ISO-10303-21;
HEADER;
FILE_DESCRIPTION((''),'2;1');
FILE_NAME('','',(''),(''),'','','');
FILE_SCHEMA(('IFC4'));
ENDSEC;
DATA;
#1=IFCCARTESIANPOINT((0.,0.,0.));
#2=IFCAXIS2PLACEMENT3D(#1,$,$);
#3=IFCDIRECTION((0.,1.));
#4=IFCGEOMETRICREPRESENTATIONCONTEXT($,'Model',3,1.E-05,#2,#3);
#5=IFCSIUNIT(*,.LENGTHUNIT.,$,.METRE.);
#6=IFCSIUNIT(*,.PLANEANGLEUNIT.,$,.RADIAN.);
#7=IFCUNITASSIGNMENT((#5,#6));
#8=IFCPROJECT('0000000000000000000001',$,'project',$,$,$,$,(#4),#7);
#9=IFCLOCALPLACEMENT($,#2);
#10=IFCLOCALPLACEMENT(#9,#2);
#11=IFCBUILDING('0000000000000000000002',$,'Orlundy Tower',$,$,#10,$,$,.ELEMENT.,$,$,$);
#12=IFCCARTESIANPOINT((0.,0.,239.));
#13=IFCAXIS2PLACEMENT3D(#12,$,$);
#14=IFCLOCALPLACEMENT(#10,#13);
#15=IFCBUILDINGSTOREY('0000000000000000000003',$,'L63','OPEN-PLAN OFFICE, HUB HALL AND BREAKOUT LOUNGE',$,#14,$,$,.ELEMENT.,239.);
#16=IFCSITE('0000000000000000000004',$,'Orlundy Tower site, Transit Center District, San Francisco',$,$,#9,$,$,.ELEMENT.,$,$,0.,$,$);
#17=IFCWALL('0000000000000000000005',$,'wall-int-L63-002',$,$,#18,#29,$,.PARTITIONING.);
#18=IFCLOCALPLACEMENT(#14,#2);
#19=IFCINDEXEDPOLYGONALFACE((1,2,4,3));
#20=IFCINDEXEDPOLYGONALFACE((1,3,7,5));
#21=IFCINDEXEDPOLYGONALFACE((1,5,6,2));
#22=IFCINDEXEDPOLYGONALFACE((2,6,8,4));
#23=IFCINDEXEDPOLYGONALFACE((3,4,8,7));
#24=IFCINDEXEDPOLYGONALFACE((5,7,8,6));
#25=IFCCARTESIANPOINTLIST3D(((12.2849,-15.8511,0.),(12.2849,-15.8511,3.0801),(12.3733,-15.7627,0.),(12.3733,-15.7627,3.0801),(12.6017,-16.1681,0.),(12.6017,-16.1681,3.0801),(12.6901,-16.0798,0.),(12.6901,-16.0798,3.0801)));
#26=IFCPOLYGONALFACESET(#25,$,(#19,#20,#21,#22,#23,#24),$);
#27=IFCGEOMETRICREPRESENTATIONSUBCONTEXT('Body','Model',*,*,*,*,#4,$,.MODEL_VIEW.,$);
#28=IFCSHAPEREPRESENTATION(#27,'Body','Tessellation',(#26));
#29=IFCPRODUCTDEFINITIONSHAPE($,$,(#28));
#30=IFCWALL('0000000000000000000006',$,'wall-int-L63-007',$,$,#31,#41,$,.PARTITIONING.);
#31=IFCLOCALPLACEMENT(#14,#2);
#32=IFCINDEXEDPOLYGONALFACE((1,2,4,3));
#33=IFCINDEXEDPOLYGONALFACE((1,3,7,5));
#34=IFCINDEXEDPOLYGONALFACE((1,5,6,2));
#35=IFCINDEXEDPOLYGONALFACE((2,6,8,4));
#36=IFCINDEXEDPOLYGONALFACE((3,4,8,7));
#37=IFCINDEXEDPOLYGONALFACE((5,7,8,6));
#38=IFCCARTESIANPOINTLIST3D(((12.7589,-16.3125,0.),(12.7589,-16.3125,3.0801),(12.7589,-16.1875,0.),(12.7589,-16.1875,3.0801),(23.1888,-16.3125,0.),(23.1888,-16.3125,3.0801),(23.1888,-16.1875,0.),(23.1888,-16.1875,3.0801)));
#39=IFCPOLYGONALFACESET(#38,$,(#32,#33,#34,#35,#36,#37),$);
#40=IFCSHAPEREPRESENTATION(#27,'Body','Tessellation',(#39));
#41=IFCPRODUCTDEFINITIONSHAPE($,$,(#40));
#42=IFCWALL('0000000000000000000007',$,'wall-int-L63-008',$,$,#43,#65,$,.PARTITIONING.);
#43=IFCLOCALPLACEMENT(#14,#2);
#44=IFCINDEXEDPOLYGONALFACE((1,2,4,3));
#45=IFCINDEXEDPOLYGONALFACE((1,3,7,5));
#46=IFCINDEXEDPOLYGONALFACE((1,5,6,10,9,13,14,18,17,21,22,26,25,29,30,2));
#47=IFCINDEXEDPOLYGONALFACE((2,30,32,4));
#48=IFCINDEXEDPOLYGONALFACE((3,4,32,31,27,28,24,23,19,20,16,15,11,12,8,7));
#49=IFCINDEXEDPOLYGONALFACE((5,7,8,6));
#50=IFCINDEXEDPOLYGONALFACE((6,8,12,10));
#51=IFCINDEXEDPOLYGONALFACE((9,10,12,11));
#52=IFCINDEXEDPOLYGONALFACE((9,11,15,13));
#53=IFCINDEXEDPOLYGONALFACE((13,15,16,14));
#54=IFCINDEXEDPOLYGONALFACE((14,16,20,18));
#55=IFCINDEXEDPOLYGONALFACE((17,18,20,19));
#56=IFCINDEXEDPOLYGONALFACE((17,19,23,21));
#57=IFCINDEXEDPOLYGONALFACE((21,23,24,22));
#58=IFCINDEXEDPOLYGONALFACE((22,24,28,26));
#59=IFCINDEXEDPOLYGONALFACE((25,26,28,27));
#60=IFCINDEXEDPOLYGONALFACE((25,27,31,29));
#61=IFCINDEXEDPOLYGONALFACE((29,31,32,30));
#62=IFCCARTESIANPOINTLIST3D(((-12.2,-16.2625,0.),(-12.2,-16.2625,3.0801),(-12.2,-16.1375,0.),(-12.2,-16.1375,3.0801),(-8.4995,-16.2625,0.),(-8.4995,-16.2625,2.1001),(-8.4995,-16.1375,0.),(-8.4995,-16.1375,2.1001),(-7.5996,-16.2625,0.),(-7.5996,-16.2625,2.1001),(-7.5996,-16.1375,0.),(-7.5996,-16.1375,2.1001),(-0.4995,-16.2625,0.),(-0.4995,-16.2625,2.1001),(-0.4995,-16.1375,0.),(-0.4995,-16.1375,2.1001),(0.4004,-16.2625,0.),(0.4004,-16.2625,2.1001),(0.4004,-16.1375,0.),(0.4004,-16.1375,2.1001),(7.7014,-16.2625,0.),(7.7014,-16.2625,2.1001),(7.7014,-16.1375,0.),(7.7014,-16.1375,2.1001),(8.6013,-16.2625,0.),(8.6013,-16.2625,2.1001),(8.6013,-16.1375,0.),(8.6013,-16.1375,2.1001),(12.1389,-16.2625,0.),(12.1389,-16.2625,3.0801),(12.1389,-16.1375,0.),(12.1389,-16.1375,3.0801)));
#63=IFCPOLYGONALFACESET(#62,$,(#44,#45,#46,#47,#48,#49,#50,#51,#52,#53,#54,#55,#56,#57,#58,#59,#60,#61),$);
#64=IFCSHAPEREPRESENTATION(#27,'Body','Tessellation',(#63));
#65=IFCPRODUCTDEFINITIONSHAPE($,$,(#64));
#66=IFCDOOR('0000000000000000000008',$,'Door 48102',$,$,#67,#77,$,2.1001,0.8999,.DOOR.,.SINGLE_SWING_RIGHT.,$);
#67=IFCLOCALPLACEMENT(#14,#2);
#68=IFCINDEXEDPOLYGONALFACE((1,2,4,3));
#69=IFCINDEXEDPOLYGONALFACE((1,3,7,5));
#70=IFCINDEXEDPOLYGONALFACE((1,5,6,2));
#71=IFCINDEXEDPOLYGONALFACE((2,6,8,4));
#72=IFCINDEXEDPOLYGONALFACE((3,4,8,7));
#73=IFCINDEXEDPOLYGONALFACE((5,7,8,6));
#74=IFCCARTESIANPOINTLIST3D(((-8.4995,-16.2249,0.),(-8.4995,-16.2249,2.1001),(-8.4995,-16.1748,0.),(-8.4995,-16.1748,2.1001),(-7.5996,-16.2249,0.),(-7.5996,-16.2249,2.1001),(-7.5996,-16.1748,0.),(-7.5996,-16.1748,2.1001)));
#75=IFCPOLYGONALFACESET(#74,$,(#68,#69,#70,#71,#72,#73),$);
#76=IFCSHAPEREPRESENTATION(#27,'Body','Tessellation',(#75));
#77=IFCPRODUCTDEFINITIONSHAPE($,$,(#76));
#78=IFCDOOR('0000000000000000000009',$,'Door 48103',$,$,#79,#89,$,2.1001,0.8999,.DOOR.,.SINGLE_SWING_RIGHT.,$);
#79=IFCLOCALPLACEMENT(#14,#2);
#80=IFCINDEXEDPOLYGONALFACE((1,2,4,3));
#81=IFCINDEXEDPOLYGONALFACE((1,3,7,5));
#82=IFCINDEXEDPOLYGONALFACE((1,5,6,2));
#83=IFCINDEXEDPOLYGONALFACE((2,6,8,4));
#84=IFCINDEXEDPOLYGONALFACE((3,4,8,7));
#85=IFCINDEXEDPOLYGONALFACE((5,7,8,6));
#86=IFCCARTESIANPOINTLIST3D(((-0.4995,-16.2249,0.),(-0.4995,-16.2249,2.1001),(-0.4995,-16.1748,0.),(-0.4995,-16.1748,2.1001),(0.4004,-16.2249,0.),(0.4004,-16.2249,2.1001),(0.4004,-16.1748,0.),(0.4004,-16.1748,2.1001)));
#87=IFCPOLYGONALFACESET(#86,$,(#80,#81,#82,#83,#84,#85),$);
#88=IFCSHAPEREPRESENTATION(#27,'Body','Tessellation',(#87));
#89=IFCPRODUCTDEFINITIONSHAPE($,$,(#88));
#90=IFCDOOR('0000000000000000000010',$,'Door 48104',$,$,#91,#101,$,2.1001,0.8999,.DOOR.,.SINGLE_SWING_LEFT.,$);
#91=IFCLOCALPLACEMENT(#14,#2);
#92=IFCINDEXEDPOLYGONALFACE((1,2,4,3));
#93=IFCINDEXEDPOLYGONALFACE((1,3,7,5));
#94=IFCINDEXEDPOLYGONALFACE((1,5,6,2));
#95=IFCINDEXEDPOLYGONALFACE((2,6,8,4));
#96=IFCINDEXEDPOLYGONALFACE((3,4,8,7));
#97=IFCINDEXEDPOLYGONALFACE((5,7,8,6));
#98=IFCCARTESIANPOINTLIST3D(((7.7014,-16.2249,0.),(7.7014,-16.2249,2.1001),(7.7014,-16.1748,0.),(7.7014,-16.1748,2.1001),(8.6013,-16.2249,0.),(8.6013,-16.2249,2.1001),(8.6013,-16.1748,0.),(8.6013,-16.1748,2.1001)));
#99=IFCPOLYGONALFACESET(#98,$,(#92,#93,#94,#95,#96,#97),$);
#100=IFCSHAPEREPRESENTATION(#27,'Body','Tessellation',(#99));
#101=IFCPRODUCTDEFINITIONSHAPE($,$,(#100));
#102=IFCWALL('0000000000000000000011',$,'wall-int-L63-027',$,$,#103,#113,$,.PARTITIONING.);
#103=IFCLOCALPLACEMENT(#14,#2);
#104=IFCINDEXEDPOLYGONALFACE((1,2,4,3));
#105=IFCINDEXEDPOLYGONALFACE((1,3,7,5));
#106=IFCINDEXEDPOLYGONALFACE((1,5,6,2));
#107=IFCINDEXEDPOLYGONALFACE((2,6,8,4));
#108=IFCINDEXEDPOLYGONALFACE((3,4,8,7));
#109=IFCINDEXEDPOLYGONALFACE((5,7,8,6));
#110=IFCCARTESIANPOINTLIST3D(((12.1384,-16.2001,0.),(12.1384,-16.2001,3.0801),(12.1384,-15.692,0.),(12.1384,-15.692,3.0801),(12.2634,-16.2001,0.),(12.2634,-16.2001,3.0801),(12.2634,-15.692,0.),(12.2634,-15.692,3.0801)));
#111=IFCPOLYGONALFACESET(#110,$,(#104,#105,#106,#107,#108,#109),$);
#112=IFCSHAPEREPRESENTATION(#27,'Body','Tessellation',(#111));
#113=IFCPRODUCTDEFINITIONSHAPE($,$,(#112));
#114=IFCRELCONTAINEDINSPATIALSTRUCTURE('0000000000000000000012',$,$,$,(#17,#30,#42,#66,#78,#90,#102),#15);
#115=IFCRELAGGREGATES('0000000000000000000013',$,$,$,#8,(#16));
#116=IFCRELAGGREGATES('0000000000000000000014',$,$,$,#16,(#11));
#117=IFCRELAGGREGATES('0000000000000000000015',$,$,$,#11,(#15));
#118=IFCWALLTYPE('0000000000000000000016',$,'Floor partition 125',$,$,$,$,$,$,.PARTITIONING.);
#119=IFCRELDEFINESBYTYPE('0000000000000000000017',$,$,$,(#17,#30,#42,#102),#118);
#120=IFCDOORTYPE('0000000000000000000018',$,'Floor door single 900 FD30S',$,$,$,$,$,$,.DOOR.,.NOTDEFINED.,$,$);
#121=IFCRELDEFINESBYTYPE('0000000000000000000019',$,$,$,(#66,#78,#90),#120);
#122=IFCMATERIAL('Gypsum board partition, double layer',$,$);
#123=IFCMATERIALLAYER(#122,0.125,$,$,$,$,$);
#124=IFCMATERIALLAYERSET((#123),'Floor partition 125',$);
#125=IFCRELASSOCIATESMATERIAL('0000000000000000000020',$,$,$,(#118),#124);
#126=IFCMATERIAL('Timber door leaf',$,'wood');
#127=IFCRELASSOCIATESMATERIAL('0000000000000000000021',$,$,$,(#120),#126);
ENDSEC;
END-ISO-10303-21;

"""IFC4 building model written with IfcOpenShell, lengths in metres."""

from ifc_helpers import new_model, si_unit, direction, frame, frame_2d, origin, place, context, subcontext, project, spatial, rectangle, extrude, material, layer, layer_set, type_object, element, fill, save


model = new_model("IFC4")

# Units and contexts
model_context = context("Model", 3, precision=1e-05, world=origin(), true_north=direction((0.0, 1.0)))
body_context = subcontext(model_context, "Body", "Model", "MODEL_VIEW")
ifc_project = project(units=[si_unit("LENGTHUNIT", "METRE"), si_unit("PLANEANGLEUNIT", "RADIAN")], contexts=[model_context])

# Site, building, storey
site_placement = place(None, origin())
site = spatial("IfcSite", under=ifc_project, at=site_placement, Name="Orlundy Tower site, Transit Center District, San Francisco", CompositionType="ELEMENT", RefElevation=0.0)
building_placement = place(site_placement, origin())
building = spatial("IfcBuilding", under=site, at=building_placement, Name="Orlundy Tower", CompositionType="ELEMENT")
storey_placement = place(building_placement, frame((0.0, 0.0, 239.0)))
storey = spatial("IfcBuildingStorey", under=building, at=storey_placement, Name="L63", Description="OPEN-PLAN OFFICE, HUB HALL AND BREAKOUT LOUNGE", CompositionType="ELEMENT", Elevation=239.0)

# Walls
ifc_material_1 = material(Name="Gypsum board partition, double layer")
ifc_layer_1 = layer(ifc_material_1, 0.125)
ifc_layer_set_1 = layer_set([ifc_layer_1], Name="Floor partition 125")
wall_type_1 = type_object("IfcWallType", Name="Floor partition 125", PredefinedType="PARTITIONING", material=ifc_layer_set_1)
wall_1_placement = place(storey_placement, frame((12.3291, -15.8069, 0.0), z_axis=(0.0, 0.0, 1.0), x_axis=(0.706834, -0.707379, 0.0)))
element("IfcWall", 1, at=wall_1_placement, inside=storey, type_object=wall_type_1, Name="wall-int-L63-002", PredefinedType="PARTITIONING", context=body_context, shape_type="SweptSolid", body=[
    extrude(rectangle(XDim=0.4482, YDim=0.125, at=frame_2d((0.2241, 0.0))), origin(), (0.0, 0.0, 1.0), 3.0801),
])
wall_2_placement = place(storey_placement, frame((12.759, -16.25, 0.0), z_axis=(0.0, 0.0, 1.0), x_axis=(1.0, 0.0, 0.0)))
element("IfcWall", 2, at=wall_2_placement, inside=storey, type_object=wall_type_1, Name="wall-int-L63-007", PredefinedType="PARTITIONING", context=body_context, shape_type="SweptSolid", body=[
    extrude(rectangle(XDim=10.4299, YDim=0.125, at=frame_2d((5.2148, 0.0))), origin(), (0.0, 0.0, 1.0), 3.0801),
])

# Wall, openings, doors
wall_3_placement = place(storey_placement, frame((12.1389, -16.2, 0.0), z_axis=(0.0, 0.0, 1.0), x_axis=(-1.0, 0.0, 0.0)))
wall_3 = element("IfcWall", 3, at=wall_3_placement, inside=storey, type_object=wall_type_1, Name="wall-int-L63-008", PredefinedType="PARTITIONING", context=body_context, shape_type="SweptSolid", body=[
    extrude(rectangle(XDim=24.3389, YDim=0.125, at=frame_2d((12.1694, 0.0))), origin(), (0.0, 0.0, 1.0), 3.0801),
])
opening_1_placement = place(wall_3_placement, frame((19.7385, 0.0, 0.0)))
opening_1 = element("IfcOpeningElement", 4, at=opening_1_placement, cuts=wall_3, PredefinedType="OPENING", context=body_context, shape_type="SweptSolid", body=[
    extrude(rectangle(XDim=0.8999, YDim=2.1001, at=frame_2d((0.45, 1.05))), frame((0.0, 0.0725, 0.0), z_axis=(0.0, -1.0, 0.0), x_axis=(1.0, 0.0, 0.0)), (0.0, 0.0, 1.0), 0.145),
])
opening_2_placement = place(wall_3_placement, frame((11.7385, 0.0, 0.0)))
opening_2 = element("IfcOpeningElement", 5, at=opening_2_placement, cuts=wall_3, PredefinedType="OPENING", context=body_context, shape_type="SweptSolid", body=[
    extrude(rectangle(XDim=0.8999, YDim=2.1001, at=frame_2d((0.45, 1.05))), frame((0.0, 0.0725, 0.0), z_axis=(0.0, -1.0, 0.0), x_axis=(1.0, 0.0, 0.0)), (0.0, 0.0, 1.0), 0.145),
])
opening_3_placement = place(wall_3_placement, frame((3.5376, 0.0, 0.0)))
opening_3 = element("IfcOpeningElement", 6, at=opening_3_placement, cuts=wall_3, PredefinedType="OPENING", context=body_context, shape_type="SweptSolid", body=[
    extrude(rectangle(XDim=0.8999, YDim=2.1001, at=frame_2d((0.45, 1.05))), frame((0.0, 0.0725, 0.0), z_axis=(0.0, -1.0, 0.0), x_axis=(1.0, 0.0, 0.0)), (0.0, 0.0, 1.0), 0.145),
])
ifc_material_2 = material(Name="Timber door leaf", Category="wood")
door_type = type_object("IfcDoorType", Name="Floor door single 900 FD30S", OperationType="NOTDEFINED", PredefinedType="DOOR", material=ifc_material_2)
door_1_placement = place(opening_1_placement, origin())
door_1 = element("IfcDoor", 7, at=door_1_placement, inside=storey, type_object=door_type, Name="Door 48102", OperationType="SINGLE_SWING_RIGHT", OverallHeight=2.1001, OverallWidth=0.8999, PredefinedType="DOOR", context=body_context, shape_type="SweptSolid", body=[
    extrude(rectangle(XDim=0.8999, YDim=2.1001, at=frame_2d((0.45, 1.05))), frame((0.0, 0.0249, 0.0), z_axis=(0.0, -1.0, 0.0), x_axis=(1.0, 0.0, 0.0)), (0.0, 0.0, 1.0), 0.05),
])
fill(opening_1, door_1)
door_2_placement = place(opening_2_placement, origin())
door_2 = element("IfcDoor", 8, at=door_2_placement, inside=storey, type_object=door_type, Name="Door 48103", OperationType="SINGLE_SWING_RIGHT", OverallHeight=2.1001, OverallWidth=0.8999, PredefinedType="DOOR", context=body_context, shape_type="SweptSolid", body=[
    extrude(rectangle(XDim=0.8999, YDim=2.1001, at=frame_2d((0.45, 1.05))), frame((0.0, 0.0249, 0.0), z_axis=(0.0, -1.0, 0.0), x_axis=(1.0, 0.0, 0.0)), (0.0, 0.0, 1.0), 0.05),
])
fill(opening_2, door_2)
door_3_placement = place(opening_3_placement, origin())
door_3 = element("IfcDoor", 9, at=door_3_placement, inside=storey, type_object=door_type, Name="Door 48104", OperationType="SINGLE_SWING_LEFT", OverallHeight=2.1001, OverallWidth=0.8999, PredefinedType="DOOR", context=body_context, shape_type="SweptSolid", body=[
    extrude(rectangle(XDim=0.8999, YDim=2.1001, at=frame_2d((0.45, 1.05))), frame((0.0, 0.0249, 0.0), z_axis=(0.0, -1.0, 0.0), x_axis=(1.0, 0.0, 0.0)), (0.0, 0.0, 1.0), 0.05),
])
fill(opening_3, door_3)

# Wall
wall_4_placement = place(storey_placement, frame((12.2009, -16.2, 0.0), z_axis=(0.0, 0.0, 1.0), x_axis=(0.0, 1.0, 0.0)))
element("IfcWall", 10, at=wall_4_placement, inside=storey, type_object=wall_type_1, Name="wall-int-L63-027", PredefinedType="PARTITIONING", context=body_context, shape_type="SweptSolid", body=[
    extrude(rectangle(XDim=0.5081, YDim=0.125, at=frame_2d((0.2539, 0.0))), origin(), (0.0, 0.0, 1.0), 3.0801),
])

save(model, "model.ifc")
